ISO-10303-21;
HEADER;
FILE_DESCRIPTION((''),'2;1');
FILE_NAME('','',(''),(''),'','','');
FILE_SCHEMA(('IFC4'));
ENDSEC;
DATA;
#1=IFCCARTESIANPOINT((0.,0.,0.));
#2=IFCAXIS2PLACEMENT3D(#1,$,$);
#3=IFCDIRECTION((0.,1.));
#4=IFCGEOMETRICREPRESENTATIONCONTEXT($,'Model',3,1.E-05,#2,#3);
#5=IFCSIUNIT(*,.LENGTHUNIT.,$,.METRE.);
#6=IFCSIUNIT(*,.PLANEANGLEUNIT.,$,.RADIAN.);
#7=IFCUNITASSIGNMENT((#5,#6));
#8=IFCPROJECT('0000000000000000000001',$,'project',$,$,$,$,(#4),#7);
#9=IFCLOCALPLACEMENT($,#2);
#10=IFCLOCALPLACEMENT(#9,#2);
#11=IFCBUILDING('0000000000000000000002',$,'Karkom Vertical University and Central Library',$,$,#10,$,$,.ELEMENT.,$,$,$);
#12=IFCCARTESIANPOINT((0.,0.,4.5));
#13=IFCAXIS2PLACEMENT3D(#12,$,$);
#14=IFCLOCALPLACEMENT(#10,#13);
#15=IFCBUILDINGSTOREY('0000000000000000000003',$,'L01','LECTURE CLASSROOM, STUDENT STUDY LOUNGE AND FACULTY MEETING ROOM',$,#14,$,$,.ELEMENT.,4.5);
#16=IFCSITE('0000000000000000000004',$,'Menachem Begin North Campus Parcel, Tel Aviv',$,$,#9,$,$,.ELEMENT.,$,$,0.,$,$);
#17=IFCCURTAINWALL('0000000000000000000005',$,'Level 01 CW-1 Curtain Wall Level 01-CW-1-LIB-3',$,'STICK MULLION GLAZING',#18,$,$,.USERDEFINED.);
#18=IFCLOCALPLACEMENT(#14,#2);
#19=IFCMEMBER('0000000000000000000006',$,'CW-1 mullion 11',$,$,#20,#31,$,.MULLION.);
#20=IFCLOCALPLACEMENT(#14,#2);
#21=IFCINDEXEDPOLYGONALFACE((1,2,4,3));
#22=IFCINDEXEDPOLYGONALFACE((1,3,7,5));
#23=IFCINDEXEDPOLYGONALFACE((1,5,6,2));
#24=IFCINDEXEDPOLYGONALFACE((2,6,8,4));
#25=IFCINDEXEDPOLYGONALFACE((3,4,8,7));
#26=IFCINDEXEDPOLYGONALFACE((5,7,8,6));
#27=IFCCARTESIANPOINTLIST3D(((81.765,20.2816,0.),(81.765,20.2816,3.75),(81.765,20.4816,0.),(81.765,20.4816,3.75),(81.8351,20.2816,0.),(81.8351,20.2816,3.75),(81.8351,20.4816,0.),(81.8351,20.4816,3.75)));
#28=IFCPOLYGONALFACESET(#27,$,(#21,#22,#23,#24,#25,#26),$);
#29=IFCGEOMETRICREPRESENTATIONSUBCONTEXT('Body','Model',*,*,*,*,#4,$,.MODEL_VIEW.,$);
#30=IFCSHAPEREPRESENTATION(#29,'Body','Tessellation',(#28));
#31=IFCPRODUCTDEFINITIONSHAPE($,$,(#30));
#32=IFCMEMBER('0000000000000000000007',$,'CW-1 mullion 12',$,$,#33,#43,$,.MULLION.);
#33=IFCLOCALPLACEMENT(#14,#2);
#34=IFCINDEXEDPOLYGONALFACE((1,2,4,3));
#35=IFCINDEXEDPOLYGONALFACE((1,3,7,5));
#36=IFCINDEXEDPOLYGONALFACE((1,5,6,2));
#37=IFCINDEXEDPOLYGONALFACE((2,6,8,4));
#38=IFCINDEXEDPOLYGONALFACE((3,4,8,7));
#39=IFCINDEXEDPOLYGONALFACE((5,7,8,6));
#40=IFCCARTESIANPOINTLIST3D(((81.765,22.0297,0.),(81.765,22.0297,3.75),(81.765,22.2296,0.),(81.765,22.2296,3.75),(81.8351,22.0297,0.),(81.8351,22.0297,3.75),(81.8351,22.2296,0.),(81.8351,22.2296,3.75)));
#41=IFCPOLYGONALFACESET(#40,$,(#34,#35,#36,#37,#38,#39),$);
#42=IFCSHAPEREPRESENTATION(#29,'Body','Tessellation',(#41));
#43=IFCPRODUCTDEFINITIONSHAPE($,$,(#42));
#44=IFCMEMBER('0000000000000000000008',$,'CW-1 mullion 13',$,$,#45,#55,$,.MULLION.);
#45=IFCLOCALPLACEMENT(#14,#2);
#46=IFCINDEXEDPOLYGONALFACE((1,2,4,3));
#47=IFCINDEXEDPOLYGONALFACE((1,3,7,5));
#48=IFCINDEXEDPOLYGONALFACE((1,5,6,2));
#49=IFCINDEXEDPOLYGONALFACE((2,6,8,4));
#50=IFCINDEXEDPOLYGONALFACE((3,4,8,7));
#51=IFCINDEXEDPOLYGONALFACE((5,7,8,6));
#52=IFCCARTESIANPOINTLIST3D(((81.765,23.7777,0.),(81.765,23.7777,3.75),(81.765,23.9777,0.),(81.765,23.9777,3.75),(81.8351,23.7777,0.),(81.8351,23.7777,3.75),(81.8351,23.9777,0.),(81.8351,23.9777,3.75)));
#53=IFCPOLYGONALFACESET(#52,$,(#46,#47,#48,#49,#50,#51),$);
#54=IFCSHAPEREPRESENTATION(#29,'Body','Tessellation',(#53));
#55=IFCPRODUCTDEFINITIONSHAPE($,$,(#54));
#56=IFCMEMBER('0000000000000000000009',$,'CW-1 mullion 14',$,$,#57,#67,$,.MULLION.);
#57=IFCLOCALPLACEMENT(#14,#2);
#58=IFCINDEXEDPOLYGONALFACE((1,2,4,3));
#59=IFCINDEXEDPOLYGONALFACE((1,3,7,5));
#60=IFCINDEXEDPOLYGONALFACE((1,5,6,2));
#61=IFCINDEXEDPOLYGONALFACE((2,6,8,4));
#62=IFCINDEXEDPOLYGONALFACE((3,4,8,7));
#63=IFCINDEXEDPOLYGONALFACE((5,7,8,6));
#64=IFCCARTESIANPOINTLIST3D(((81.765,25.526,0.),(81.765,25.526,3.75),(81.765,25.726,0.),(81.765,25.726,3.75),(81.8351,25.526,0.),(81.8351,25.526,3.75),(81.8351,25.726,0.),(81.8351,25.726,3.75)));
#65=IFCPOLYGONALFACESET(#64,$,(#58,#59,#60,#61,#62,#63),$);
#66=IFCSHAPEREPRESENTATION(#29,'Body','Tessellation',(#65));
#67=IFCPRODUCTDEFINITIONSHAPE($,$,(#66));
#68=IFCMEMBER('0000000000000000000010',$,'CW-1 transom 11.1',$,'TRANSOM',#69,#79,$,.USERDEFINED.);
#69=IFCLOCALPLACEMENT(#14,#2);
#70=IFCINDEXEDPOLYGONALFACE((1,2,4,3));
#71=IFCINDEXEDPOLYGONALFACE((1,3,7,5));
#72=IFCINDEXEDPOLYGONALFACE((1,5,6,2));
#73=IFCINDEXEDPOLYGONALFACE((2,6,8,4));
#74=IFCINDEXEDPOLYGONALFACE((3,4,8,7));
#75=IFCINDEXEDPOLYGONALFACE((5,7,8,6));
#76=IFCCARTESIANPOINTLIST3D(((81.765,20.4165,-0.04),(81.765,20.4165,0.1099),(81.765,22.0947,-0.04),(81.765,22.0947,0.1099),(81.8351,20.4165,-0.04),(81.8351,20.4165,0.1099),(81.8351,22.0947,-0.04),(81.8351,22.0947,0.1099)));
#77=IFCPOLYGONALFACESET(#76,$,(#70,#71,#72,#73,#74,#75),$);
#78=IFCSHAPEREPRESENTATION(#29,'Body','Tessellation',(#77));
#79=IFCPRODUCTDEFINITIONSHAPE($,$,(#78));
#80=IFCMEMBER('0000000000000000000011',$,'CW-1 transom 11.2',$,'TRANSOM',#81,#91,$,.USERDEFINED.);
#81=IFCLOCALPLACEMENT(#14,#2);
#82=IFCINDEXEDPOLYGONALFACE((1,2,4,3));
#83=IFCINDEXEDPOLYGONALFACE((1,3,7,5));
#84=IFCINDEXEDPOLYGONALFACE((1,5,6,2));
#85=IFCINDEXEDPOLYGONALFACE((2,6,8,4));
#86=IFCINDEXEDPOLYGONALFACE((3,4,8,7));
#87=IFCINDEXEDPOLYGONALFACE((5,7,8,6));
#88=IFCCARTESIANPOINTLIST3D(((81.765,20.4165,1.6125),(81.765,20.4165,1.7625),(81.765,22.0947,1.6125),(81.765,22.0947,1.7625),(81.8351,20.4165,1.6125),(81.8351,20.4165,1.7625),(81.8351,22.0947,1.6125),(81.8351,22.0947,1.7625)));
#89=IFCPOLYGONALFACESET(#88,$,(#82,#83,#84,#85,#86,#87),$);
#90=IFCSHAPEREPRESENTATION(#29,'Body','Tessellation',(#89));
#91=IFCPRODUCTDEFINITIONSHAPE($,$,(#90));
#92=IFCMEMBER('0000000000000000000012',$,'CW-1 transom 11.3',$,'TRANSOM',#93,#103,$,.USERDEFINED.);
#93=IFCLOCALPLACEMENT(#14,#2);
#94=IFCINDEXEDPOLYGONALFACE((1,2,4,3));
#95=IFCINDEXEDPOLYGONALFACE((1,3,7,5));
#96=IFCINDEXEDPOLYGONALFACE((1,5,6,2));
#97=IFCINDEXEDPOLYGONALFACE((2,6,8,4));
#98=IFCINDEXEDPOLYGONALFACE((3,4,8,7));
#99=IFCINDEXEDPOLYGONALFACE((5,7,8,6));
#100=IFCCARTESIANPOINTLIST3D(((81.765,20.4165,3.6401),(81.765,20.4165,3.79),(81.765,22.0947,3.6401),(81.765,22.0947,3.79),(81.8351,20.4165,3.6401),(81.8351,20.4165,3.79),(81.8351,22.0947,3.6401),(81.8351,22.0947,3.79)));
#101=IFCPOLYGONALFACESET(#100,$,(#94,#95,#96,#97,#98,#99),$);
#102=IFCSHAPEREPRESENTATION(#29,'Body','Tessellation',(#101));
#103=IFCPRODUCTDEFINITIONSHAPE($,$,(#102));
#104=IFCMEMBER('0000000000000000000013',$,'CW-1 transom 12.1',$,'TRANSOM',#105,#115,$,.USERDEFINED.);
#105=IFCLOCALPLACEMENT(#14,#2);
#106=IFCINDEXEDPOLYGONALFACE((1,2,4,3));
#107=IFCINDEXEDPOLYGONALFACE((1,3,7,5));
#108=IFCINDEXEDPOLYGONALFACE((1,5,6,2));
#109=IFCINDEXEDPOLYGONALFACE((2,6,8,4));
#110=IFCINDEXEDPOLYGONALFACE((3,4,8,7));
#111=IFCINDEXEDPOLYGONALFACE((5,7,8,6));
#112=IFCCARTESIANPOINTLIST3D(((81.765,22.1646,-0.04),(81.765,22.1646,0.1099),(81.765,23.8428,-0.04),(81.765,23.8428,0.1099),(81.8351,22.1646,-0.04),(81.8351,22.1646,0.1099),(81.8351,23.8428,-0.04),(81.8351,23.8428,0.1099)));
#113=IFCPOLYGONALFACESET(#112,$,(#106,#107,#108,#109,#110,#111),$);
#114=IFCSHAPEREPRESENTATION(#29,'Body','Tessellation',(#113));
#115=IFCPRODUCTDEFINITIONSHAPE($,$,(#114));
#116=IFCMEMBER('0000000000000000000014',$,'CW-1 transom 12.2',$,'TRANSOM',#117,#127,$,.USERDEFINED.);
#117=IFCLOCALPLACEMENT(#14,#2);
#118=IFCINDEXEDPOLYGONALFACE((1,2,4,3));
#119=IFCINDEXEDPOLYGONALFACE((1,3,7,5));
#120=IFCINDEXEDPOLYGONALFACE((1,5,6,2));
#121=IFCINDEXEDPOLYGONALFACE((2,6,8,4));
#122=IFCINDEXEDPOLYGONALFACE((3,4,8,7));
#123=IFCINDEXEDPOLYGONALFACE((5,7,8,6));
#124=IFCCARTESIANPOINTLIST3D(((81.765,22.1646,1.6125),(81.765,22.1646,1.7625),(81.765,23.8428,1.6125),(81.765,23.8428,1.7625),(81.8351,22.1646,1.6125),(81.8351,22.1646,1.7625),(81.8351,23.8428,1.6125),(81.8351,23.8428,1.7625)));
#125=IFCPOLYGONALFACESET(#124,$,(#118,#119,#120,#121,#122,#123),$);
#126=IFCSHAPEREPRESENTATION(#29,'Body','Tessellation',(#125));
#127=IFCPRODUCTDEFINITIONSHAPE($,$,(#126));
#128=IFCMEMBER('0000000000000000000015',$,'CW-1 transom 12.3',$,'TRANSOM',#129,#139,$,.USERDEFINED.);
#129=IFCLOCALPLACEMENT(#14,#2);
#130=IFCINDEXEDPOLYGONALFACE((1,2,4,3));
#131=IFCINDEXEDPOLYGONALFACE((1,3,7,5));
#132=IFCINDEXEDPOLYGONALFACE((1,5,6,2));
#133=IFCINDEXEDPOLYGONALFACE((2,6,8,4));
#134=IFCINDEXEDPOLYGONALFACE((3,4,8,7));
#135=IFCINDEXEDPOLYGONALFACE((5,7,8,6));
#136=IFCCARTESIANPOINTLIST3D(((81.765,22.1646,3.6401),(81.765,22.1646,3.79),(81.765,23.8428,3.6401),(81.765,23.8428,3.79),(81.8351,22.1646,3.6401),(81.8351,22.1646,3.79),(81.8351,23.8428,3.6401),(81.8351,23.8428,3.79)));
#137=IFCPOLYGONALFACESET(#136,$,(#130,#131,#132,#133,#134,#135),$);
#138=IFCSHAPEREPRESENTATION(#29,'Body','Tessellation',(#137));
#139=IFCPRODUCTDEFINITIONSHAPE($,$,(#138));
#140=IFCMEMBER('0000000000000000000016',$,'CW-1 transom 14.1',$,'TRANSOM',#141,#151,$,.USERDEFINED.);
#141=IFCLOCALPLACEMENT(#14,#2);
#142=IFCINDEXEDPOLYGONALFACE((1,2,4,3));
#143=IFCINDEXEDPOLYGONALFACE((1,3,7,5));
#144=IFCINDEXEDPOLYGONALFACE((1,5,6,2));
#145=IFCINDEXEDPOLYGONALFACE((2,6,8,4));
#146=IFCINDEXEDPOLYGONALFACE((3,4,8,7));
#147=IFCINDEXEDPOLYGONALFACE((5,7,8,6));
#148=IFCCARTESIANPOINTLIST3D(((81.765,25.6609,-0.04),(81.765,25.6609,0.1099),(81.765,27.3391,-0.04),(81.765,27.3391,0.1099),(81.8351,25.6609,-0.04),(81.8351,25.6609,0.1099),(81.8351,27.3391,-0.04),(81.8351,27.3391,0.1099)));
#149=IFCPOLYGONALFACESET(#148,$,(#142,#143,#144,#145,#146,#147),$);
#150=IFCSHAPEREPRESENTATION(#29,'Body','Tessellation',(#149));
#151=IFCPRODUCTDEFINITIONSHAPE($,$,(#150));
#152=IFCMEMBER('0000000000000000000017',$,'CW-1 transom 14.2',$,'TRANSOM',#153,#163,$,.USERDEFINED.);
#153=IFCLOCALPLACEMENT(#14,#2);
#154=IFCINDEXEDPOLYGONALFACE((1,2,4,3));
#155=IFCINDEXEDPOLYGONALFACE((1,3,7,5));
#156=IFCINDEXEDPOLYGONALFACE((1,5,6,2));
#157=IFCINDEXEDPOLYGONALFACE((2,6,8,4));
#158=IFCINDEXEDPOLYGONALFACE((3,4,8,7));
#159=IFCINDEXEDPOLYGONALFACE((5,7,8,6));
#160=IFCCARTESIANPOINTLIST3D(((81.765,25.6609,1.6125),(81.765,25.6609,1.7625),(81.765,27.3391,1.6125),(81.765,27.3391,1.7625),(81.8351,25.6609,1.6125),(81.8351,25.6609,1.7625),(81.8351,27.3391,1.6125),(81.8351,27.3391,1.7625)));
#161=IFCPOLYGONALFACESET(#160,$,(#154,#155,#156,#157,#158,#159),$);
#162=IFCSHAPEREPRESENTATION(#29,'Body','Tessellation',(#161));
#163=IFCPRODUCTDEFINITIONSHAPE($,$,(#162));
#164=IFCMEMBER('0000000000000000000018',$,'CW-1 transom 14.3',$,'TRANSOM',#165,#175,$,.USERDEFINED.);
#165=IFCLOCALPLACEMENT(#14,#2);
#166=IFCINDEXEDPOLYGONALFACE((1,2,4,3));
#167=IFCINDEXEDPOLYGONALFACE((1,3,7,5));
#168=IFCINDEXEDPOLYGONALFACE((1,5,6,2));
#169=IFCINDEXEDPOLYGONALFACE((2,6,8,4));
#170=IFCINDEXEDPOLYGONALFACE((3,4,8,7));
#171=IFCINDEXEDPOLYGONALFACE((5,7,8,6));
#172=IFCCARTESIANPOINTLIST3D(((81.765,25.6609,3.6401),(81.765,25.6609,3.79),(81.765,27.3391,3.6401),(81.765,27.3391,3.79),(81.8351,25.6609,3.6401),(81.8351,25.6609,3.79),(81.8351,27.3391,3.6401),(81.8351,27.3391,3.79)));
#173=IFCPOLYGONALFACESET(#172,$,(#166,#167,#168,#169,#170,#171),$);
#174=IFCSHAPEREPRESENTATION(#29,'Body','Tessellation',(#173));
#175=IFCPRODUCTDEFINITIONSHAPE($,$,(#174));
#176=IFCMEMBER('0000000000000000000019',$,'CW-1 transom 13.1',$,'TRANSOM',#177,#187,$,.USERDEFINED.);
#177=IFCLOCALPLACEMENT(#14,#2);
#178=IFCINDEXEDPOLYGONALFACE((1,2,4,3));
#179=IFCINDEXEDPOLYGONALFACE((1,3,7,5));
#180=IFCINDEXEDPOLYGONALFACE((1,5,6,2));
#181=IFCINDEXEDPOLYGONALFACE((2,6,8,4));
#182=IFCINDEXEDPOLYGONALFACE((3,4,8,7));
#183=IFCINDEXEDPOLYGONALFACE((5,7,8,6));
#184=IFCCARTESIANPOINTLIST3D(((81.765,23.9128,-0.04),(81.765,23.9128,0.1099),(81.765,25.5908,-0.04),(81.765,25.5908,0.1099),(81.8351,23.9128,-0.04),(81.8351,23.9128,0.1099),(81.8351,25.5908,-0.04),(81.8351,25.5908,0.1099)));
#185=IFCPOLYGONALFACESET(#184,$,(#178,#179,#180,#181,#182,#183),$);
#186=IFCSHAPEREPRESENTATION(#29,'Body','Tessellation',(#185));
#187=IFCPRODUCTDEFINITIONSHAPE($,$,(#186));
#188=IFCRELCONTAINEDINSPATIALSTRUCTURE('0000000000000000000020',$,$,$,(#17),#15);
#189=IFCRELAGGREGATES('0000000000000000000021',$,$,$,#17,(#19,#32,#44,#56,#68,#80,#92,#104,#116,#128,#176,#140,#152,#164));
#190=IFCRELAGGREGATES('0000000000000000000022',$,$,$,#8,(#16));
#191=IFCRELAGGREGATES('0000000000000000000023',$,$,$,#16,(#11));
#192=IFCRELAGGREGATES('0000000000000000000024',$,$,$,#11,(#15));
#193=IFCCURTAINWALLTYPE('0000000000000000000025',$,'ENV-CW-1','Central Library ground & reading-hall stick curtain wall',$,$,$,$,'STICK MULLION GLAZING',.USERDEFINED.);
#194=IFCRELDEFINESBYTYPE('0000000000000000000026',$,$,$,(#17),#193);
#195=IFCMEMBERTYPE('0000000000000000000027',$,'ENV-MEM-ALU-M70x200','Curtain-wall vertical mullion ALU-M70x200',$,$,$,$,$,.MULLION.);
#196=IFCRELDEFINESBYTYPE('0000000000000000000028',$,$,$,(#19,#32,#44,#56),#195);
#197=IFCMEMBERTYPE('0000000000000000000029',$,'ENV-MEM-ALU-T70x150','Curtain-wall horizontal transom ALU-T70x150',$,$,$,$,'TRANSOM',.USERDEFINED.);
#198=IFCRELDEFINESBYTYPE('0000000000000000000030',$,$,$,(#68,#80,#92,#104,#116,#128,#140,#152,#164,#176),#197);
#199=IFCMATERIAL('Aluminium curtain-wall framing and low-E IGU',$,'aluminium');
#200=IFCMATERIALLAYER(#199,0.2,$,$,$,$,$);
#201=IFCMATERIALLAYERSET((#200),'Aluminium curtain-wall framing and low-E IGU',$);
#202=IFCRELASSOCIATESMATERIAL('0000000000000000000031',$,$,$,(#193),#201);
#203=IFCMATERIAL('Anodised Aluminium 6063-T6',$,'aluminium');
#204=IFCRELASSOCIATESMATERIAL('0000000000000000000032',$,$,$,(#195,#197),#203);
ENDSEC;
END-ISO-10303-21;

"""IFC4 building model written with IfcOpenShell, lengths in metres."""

from ifc_helpers import new_model, si_unit, direction, frame, origin, origin_with_axes, origin_2d, place, context, subcontext, project, spatial, rectangle, extrude, source, transform, mapped, material, layer, layer_set, material_profile, profile_set, type_object, element, aggregate, save


model = new_model("IFC4")

# Units and contexts
model_context = context("Model", 3, precision=1e-05, world=origin(), true_north=direction((0.0, 1.0)))
body_context = subcontext(model_context, "Body", "Model", "MODEL_VIEW")
ifc_project = project(units=[si_unit("LENGTHUNIT", "METRE"), si_unit("PLANEANGLEUNIT", "RADIAN")], contexts=[model_context])

# Site, building, storey
site_placement = place(None, origin())
site = spatial("IfcSite", under=ifc_project, at=site_placement, Name="Menachem Begin North Campus Parcel, Tel Aviv", CompositionType="ELEMENT", RefElevation=0.0)
building_placement = place(site_placement, origin())
building = spatial("IfcBuilding", under=site, at=building_placement, Name="Karkom Vertical University and Central Library", CompositionType="ELEMENT")
storey_placement = place(building_placement, frame((0.0, 0.0, 4.5)))
storey = spatial("IfcBuildingStorey", under=building, at=storey_placement, Name="L01", Description="LECTURE CLASSROOM, STUDENT STUDY LOUNGE AND FACULTY MEETING ROOM", CompositionType="ELEMENT", Elevation=4.5)

# Curtain wall, members
ifc_material_1 = material(Name="Aluminium curtain-wall framing and low-E IGU", Category="aluminium")
ifc_layer_1 = layer(ifc_material_1, 0.2)
ifc_layer_set_1 = layer_set([ifc_layer_1], Name="Aluminium curtain-wall framing and low-E IGU")
curtain_wall_type = type_object("IfcCurtainWallType", Name="ENV-CW-1", Description="Central Library ground & reading-hall stick curtain wall", ElementType="STICK MULLION GLAZING", PredefinedType="USERDEFINED", material=ifc_layer_set_1)
curtain_wall_placement = place(storey_placement, origin())
curtain_wall = element("IfcCurtainWall", 1, at=curtain_wall_placement, inside=storey, type_object=curtain_wall_type, Name="Level 01 CW-1 Curtain Wall Level 01-CW-1-LIB-3", ObjectType="STICK MULLION GLAZING", PredefinedType="USERDEFINED")
ifc_material_2 = material(Name="Anodised Aluminium 6063-T6", Category="aluminium")
ifc_material_profile_1 = material_profile(ifc_material_2, rectangle(XDim=0.0701, YDim=0.2, at=origin_2d()), Name="ALU-M70x200")
ifc_profile_set_1 = profile_set([ifc_material_profile_1], Name="Anodised Aluminium 6063-T6")
member_type_1 = type_object("IfcMemberType", Name="ENV-MEM-ALU-M70x200", Description="Curtain-wall vertical mullion ALU-M70x200", PredefinedType="MULLION", material=ifc_profile_set_1)
shared_shape_1 = source(origin_with_axes(), body_context, "Body", "SweptSolid", [
    extrude(rectangle(XDim=0.0701, YDim=0.2, at=origin_2d()), origin(), (0.0, 0.0, 1.0), 3.75),
])
member_1_placement = place(storey_placement, frame((81.8, 20.3816, 0.0), z_axis=(0.0, 0.0, 1.0), x_axis=(-1.0, 0.0, 0.0)))
member_1 = element("IfcMember", 2, at=member_1_placement, type_object=member_type_1, Name="CW-1 mullion 11", PredefinedType="MULLION", context=body_context, shape_type="MappedRepresentation", body=[
    mapped(shared_shape_1, transform((0.0, 0.0, 0.0), scale=1.0)),
])
member_2_placement = place(storey_placement, frame((81.8, 22.1296, 0.0), z_axis=(0.0, 0.0, 1.0), x_axis=(-1.0, 0.0, 0.0)))
member_2 = element("IfcMember", 3, at=member_2_placement, type_object=member_type_1, Name="CW-1 mullion 12", PredefinedType="MULLION", context=body_context, shape_type="MappedRepresentation", body=[
    mapped(shared_shape_1, transform((0.0, 0.0, 0.0), scale=1.0)),
])
member_3_placement = place(storey_placement, frame((81.8, 23.8777, 0.0), z_axis=(0.0, 0.0, 1.0), x_axis=(-1.0, 0.0, 0.0)))
member_3 = element("IfcMember", 4, at=member_3_placement, type_object=member_type_1, Name="CW-1 mullion 13", PredefinedType="MULLION", context=body_context, shape_type="MappedRepresentation", body=[
    mapped(shared_shape_1, transform((0.0, 0.0, 0.0), scale=1.0)),
])
member_4_placement = place(storey_placement, frame((81.8, 25.626, 0.0), z_axis=(0.0, 0.0, 1.0), x_axis=(-1.0, 0.0, 0.0)))
member_4 = element("IfcMember", 5, at=member_4_placement, type_object=member_type_1, Name="CW-1 mullion 14", PredefinedType="MULLION", context=body_context, shape_type="MappedRepresentation", body=[
    mapped(shared_shape_1, transform((0.0, 0.0, 0.0), scale=1.0)),
])
ifc_material_profile_2 = material_profile(ifc_material_2, rectangle(XDim=0.0701, YDim=0.1499, at=origin_2d()), Name="ALU-T70x150")
ifc_profile_set_2 = profile_set([ifc_material_profile_2], Name="Anodised Aluminium 6063-T6")
member_type_2 = type_object("IfcMemberType", Name="ENV-MEM-ALU-T70x150", Description="Curtain-wall horizontal transom ALU-T70x150", ElementType="TRANSOM", PredefinedType="USERDEFINED", material=ifc_profile_set_2)
shared_shape_2 = source(origin_with_axes(), body_context, "Body", "SweptSolid", [
    extrude(rectangle(XDim=0.0701, YDim=0.1499, at=origin_2d()), origin(), (0.0, 0.0, 1.0), 1.6782),
])
member_5_placement = place(storey_placement, frame((81.8, 20.4165, 0.0349), z_axis=(0.0, 1.0, 0.0), x_axis=(-1.0, 0.0, 0.0)))
member_5 = element("IfcMember", 6, at=member_5_placement, type_object=member_type_2, Name="CW-1 transom 11.1", ObjectType="TRANSOM", PredefinedType="USERDEFINED", context=body_context, shape_type="MappedRepresentation", body=[
    mapped(shared_shape_2, transform((0.0, 0.0, 0.0), scale=1.0)),
])
member_6_placement = place(storey_placement, frame((81.8, 20.4165, 1.6875), z_axis=(0.0, 1.0, 0.0), x_axis=(-1.0, 0.0, 0.0)))
member_6 = element("IfcMember", 7, at=member_6_placement, type_object=member_type_2, Name="CW-1 transom 11.2", ObjectType="TRANSOM", PredefinedType="USERDEFINED", context=body_context, shape_type="MappedRepresentation", body=[
    mapped(shared_shape_2, transform((0.0, 0.0, 0.0), scale=1.0)),
])
member_7_placement = place(storey_placement, frame((81.8, 20.4165, 3.7151), z_axis=(0.0, 1.0, 0.0), x_axis=(-1.0, 0.0, 0.0)))
member_7 = element("IfcMember", 8, at=member_7_placement, type_object=member_type_2, Name="CW-1 transom 11.3", ObjectType="TRANSOM", PredefinedType="USERDEFINED", context=body_context, shape_type="MappedRepresentation", body=[
    mapped(shared_shape_2, transform((0.0, 0.0, 0.0), scale=1.0)),
])
member_8_placement = place(storey_placement, frame((81.8, 22.1646, 0.0349), z_axis=(0.0, 1.0, 0.0), x_axis=(-1.0, 0.0, 0.0)))
member_8 = element("IfcMember", 9, at=member_8_placement, type_object=member_type_2, Name="CW-1 transom 12.1", ObjectType="TRANSOM", PredefinedType="USERDEFINED", context=body_context, shape_type="MappedRepresentation", body=[
    mapped(shared_shape_2, transform((0.0, 0.0, 0.0), scale=1.0)),
])
member_9_placement = place(storey_placement, frame((81.8, 22.1646, 1.6875), z_axis=(0.0, 1.0, 0.0), x_axis=(-1.0, 0.0, 0.0)))
member_9 = element("IfcMember", 10, at=member_9_placement, type_object=member_type_2, Name="CW-1 transom 12.2", ObjectType="TRANSOM", PredefinedType="USERDEFINED", context=body_context, shape_type="MappedRepresentation", body=[
    mapped(shared_shape_2, transform((0.0, 0.0, 0.0), scale=1.0)),
])
member_10_placement = place(storey_placement, frame((81.8, 22.1646, 3.7151), z_axis=(0.0, 1.0, 0.0), x_axis=(-1.0, 0.0, 0.0)))
member_10 = element("IfcMember", 11, at=member_10_placement, type_object=member_type_2, Name="CW-1 transom 12.3", ObjectType="TRANSOM", PredefinedType="USERDEFINED", context=body_context, shape_type="MappedRepresentation", body=[
    mapped(shared_shape_2, transform((0.0, 0.0, 0.0), scale=1.0)),
])
member_11_placement = place(storey_placement, frame((81.8, 25.6609, 0.0349), z_axis=(0.0, 1.0, 0.0), x_axis=(-1.0, 0.0, 0.0)))
member_11 = element("IfcMember", 12, at=member_11_placement, type_object=member_type_2, Name="CW-1 transom 14.1", ObjectType="TRANSOM", PredefinedType="USERDEFINED", context=body_context, shape_type="MappedRepresentation", body=[
    mapped(shared_shape_2, transform((0.0, 0.0, 0.0), scale=1.0)),
])
member_12_placement = place(storey_placement, frame((81.8, 25.6609, 1.6875), z_axis=(0.0, 1.0, 0.0), x_axis=(-1.0, 0.0, 0.0)))
member_12 = element("IfcMember", 13, at=member_12_placement, type_object=member_type_2, Name="CW-1 transom 14.2", ObjectType="TRANSOM", PredefinedType="USERDEFINED", context=body_context, shape_type="MappedRepresentation", body=[
    mapped(shared_shape_2, transform((0.0, 0.0, 0.0), scale=1.0)),
])
member_13_placement = place(storey_placement, frame((81.8, 25.6609, 3.7151), z_axis=(0.0, 1.0, 0.0), x_axis=(-1.0, 0.0, 0.0)))
member_13 = element("IfcMember", 14, at=member_13_placement, type_object=member_type_2, Name="CW-1 transom 14.3", ObjectType="TRANSOM", PredefinedType="USERDEFINED", context=body_context, shape_type="MappedRepresentation", body=[
    mapped(shared_shape_2, transform((0.0, 0.0, 0.0), scale=1.0)),
])
shared_shape_3 = source(origin_with_axes(), body_context, "Body", "SweptSolid", [
    extrude(rectangle(XDim=0.0701, YDim=0.1499, at=origin_2d()), origin(), (0.0, 0.0, 1.0), 1.678),
])
member_14_placement = place(storey_placement, frame((81.8, 23.9128, 0.0349), z_axis=(0.0, 1.0, 0.0), x_axis=(-1.0, 0.0, 0.0)))
member_14 = element("IfcMember", 15, at=member_14_placement, type_object=member_type_2, Name="CW-1 transom 13.1", ObjectType="TRANSOM", PredefinedType="USERDEFINED", context=body_context, shape_type="MappedRepresentation", body=[
    mapped(shared_shape_3, transform((0.0, 0.0, 0.0), scale=1.0)),
])
aggregate(curtain_wall, [member_1, member_2, member_3, member_4, member_5, member_6, member_7, member_8, member_9, member_10, member_14, member_11, member_12, member_13])

save(model, "model.ifc")
